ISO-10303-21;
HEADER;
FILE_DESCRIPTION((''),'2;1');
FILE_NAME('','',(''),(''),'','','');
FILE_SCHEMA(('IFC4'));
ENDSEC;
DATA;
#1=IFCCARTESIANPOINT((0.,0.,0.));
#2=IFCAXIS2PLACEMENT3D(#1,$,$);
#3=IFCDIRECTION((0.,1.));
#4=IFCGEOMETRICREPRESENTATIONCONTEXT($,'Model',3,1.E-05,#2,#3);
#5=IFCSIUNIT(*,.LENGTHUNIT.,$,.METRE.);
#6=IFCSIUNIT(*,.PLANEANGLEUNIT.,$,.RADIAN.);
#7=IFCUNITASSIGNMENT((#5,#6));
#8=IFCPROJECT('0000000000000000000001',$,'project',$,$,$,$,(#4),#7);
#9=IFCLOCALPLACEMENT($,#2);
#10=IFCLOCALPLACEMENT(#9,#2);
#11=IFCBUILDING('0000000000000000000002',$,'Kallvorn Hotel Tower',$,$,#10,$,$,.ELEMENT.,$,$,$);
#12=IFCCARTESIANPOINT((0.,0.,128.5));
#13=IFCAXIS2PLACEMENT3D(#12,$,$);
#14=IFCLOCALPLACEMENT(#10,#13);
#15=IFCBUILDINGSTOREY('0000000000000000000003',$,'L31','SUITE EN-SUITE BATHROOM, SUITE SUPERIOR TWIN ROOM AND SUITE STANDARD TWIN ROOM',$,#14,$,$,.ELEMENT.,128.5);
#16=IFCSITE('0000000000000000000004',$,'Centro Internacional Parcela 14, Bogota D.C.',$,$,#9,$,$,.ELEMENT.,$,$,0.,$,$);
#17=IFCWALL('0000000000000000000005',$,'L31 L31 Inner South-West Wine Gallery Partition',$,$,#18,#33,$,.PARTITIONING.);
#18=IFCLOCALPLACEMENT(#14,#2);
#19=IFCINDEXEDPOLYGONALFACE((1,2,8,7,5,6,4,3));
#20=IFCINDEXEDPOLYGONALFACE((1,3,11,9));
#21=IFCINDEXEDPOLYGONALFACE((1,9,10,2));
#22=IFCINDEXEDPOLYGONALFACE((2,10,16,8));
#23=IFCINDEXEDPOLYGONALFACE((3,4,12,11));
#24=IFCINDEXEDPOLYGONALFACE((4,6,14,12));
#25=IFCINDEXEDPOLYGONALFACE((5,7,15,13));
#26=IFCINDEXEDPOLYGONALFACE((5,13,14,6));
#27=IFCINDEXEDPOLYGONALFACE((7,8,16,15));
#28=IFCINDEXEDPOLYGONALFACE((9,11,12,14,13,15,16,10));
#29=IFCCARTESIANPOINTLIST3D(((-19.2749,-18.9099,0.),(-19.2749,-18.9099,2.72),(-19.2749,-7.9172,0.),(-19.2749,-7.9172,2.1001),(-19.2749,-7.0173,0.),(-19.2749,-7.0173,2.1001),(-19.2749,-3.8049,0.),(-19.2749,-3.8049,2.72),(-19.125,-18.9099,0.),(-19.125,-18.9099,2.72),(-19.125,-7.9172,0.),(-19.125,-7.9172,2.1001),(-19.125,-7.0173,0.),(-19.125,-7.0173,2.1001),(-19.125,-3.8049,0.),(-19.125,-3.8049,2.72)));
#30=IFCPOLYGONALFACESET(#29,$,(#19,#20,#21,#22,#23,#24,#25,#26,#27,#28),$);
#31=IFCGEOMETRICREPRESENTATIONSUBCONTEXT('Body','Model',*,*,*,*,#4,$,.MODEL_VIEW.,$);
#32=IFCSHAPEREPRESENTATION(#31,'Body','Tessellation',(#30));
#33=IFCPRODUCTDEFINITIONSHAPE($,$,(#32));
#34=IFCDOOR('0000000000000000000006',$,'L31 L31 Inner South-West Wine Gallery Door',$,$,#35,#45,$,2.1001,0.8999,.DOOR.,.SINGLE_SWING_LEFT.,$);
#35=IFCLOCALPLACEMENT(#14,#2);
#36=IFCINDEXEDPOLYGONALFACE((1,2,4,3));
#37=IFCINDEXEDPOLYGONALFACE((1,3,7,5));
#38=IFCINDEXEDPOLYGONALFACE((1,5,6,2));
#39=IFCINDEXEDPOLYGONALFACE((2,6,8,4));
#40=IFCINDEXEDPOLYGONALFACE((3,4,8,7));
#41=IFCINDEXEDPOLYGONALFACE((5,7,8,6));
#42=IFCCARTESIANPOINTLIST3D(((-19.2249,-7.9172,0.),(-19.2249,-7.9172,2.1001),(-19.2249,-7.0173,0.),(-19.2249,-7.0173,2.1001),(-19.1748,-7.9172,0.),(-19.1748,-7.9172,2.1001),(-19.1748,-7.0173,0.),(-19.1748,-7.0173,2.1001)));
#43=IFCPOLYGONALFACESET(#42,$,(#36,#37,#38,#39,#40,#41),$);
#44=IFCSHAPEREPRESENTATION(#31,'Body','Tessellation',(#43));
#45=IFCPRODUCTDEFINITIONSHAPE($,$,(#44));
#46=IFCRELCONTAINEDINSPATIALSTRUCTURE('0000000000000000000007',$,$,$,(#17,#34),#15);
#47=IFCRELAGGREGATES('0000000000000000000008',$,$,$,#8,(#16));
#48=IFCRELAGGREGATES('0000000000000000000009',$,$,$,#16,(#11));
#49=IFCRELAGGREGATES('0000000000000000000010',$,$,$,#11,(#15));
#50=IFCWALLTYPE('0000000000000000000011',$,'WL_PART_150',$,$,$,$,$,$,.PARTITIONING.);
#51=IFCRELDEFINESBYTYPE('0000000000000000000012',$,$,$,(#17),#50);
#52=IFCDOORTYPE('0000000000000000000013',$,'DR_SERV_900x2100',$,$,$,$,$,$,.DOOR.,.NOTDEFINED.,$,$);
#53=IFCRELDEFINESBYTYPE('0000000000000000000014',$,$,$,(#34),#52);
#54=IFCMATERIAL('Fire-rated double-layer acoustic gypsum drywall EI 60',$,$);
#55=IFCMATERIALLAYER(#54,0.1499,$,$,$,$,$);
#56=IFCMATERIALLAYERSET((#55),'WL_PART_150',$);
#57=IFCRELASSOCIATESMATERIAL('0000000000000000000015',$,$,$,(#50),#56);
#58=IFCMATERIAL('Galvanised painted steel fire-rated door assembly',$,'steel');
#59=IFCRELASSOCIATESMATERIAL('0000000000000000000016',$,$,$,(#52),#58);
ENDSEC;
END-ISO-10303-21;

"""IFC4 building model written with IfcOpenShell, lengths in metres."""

from ifc_helpers import new_model, si_unit, direction, frame, frame_2d, origin, place, context, subcontext, project, spatial, rectangle, extrude, material, layer, layer_set, type_object, element, fill, save


model = new_model("IFC4")

# Units and contexts
model_context = context("Model", 3, precision=1e-05, world=origin(), true_north=direction((0.0, 1.0)))
body_context = subcontext(model_context, "Body", "Model", "MODEL_VIEW")
ifc_project = project(units=[si_unit("LENGTHUNIT", "METRE"), si_unit("PLANEANGLEUNIT", "RADIAN")], contexts=[model_context])

# Site, building, storey
site_placement = place(None, origin())
site = spatial("IfcSite", under=ifc_project, at=site_placement, Name="Centro Internacional Parcela 14, Bogota D.C.", CompositionType="ELEMENT", RefElevation=0.0)
building_placement = place(site_placement, origin())
building = spatial("IfcBuilding", under=site, at=building_placement, Name="Kallvorn Hotel Tower", CompositionType="ELEMENT")
storey_placement = place(building_placement, frame((0.0, 0.0, 128.5)))
storey = spatial("IfcBuildingStorey", under=building, at=storey_placement, Name="L31", Description="SUITE EN-SUITE BATHROOM, SUITE SUPERIOR TWIN ROOM AND SUITE STANDARD TWIN ROOM", CompositionType="ELEMENT", Elevation=128.5)

# Shared definitions
ifc_material_1 = material(Name="Fire-rated double-layer acoustic gypsum drywall EI 60")
ifc_layer_1 = layer(ifc_material_1, 0.1499)
ifc_layer_set_1 = layer_set([ifc_layer_1], Name="WL_PART_150")
wall_type_1 = type_object("IfcWallType", Name="WL_PART_150", PredefinedType="PARTITIONING", material=ifc_layer_set_1)

# Wall, opening, door
wall_1_placement = place(storey_placement, frame((-19.2, -18.9099, 0.0), z_axis=(0.0, 0.0, 1.0), x_axis=(0.0, 1.0, 0.0)))
wall_1 = element("IfcWall", 1, at=wall_1_placement, inside=storey, type_object=wall_type_1, Name="L31 L31 Inner South-West Wine Gallery Partition", PredefinedType="PARTITIONING", context=body_context, shape_type="SweptSolid", body=[
    extrude(rectangle(XDim=15.105, YDim=0.1499, at=frame_2d((7.5525, 0.0))), origin(), (0.0, 0.0, 1.0), 2.72),
])
opening_1_placement = place(wall_1_placement, frame((10.9927, 0.0, 0.0)))
opening_1 = element("IfcOpeningElement", 2, at=opening_1_placement, cuts=wall_1, PredefinedType="OPENING", context=body_context, shape_type="SweptSolid", body=[
    extrude(rectangle(XDim=0.8999, YDim=2.1001, at=frame_2d((0.45, 1.05))), frame((0.0, 0.0898, 0.0), z_axis=(0.0, -1.0, 0.0), x_axis=(1.0, 0.0, 0.0)), (0.0, 0.0, 1.0), 0.1799),
])
ifc_material_2 = material(Name="Galvanised painted steel fire-rated door assembly", Category="steel")
door_type = type_object("IfcDoorType", Name="DR_SERV_900x2100", OperationType="NOTDEFINED", PredefinedType="DOOR", material=ifc_material_2)
door_placement = place(opening_1_placement, origin())
door = element("IfcDoor", 3, at=door_placement, inside=storey, type_object=door_type, Name="L31 L31 Inner South-West Wine Gallery Door", OperationType="SINGLE_SWING_LEFT", OverallHeight=2.1001, OverallWidth=0.8999, PredefinedType="DOOR", context=body_context, shape_type="SweptSolid", body=[
    extrude(rectangle(XDim=0.8999, YDim=2.1001, at=frame_2d((0.45, 1.05))), frame((0.0, 0.0249, 0.0), z_axis=(0.0, -1.0, 0.0), x_axis=(1.0, 0.0, 0.0)), (0.0, 0.0, 1.0), 0.05),
])
fill(opening_1, door)

save(model, "model.ifc")
